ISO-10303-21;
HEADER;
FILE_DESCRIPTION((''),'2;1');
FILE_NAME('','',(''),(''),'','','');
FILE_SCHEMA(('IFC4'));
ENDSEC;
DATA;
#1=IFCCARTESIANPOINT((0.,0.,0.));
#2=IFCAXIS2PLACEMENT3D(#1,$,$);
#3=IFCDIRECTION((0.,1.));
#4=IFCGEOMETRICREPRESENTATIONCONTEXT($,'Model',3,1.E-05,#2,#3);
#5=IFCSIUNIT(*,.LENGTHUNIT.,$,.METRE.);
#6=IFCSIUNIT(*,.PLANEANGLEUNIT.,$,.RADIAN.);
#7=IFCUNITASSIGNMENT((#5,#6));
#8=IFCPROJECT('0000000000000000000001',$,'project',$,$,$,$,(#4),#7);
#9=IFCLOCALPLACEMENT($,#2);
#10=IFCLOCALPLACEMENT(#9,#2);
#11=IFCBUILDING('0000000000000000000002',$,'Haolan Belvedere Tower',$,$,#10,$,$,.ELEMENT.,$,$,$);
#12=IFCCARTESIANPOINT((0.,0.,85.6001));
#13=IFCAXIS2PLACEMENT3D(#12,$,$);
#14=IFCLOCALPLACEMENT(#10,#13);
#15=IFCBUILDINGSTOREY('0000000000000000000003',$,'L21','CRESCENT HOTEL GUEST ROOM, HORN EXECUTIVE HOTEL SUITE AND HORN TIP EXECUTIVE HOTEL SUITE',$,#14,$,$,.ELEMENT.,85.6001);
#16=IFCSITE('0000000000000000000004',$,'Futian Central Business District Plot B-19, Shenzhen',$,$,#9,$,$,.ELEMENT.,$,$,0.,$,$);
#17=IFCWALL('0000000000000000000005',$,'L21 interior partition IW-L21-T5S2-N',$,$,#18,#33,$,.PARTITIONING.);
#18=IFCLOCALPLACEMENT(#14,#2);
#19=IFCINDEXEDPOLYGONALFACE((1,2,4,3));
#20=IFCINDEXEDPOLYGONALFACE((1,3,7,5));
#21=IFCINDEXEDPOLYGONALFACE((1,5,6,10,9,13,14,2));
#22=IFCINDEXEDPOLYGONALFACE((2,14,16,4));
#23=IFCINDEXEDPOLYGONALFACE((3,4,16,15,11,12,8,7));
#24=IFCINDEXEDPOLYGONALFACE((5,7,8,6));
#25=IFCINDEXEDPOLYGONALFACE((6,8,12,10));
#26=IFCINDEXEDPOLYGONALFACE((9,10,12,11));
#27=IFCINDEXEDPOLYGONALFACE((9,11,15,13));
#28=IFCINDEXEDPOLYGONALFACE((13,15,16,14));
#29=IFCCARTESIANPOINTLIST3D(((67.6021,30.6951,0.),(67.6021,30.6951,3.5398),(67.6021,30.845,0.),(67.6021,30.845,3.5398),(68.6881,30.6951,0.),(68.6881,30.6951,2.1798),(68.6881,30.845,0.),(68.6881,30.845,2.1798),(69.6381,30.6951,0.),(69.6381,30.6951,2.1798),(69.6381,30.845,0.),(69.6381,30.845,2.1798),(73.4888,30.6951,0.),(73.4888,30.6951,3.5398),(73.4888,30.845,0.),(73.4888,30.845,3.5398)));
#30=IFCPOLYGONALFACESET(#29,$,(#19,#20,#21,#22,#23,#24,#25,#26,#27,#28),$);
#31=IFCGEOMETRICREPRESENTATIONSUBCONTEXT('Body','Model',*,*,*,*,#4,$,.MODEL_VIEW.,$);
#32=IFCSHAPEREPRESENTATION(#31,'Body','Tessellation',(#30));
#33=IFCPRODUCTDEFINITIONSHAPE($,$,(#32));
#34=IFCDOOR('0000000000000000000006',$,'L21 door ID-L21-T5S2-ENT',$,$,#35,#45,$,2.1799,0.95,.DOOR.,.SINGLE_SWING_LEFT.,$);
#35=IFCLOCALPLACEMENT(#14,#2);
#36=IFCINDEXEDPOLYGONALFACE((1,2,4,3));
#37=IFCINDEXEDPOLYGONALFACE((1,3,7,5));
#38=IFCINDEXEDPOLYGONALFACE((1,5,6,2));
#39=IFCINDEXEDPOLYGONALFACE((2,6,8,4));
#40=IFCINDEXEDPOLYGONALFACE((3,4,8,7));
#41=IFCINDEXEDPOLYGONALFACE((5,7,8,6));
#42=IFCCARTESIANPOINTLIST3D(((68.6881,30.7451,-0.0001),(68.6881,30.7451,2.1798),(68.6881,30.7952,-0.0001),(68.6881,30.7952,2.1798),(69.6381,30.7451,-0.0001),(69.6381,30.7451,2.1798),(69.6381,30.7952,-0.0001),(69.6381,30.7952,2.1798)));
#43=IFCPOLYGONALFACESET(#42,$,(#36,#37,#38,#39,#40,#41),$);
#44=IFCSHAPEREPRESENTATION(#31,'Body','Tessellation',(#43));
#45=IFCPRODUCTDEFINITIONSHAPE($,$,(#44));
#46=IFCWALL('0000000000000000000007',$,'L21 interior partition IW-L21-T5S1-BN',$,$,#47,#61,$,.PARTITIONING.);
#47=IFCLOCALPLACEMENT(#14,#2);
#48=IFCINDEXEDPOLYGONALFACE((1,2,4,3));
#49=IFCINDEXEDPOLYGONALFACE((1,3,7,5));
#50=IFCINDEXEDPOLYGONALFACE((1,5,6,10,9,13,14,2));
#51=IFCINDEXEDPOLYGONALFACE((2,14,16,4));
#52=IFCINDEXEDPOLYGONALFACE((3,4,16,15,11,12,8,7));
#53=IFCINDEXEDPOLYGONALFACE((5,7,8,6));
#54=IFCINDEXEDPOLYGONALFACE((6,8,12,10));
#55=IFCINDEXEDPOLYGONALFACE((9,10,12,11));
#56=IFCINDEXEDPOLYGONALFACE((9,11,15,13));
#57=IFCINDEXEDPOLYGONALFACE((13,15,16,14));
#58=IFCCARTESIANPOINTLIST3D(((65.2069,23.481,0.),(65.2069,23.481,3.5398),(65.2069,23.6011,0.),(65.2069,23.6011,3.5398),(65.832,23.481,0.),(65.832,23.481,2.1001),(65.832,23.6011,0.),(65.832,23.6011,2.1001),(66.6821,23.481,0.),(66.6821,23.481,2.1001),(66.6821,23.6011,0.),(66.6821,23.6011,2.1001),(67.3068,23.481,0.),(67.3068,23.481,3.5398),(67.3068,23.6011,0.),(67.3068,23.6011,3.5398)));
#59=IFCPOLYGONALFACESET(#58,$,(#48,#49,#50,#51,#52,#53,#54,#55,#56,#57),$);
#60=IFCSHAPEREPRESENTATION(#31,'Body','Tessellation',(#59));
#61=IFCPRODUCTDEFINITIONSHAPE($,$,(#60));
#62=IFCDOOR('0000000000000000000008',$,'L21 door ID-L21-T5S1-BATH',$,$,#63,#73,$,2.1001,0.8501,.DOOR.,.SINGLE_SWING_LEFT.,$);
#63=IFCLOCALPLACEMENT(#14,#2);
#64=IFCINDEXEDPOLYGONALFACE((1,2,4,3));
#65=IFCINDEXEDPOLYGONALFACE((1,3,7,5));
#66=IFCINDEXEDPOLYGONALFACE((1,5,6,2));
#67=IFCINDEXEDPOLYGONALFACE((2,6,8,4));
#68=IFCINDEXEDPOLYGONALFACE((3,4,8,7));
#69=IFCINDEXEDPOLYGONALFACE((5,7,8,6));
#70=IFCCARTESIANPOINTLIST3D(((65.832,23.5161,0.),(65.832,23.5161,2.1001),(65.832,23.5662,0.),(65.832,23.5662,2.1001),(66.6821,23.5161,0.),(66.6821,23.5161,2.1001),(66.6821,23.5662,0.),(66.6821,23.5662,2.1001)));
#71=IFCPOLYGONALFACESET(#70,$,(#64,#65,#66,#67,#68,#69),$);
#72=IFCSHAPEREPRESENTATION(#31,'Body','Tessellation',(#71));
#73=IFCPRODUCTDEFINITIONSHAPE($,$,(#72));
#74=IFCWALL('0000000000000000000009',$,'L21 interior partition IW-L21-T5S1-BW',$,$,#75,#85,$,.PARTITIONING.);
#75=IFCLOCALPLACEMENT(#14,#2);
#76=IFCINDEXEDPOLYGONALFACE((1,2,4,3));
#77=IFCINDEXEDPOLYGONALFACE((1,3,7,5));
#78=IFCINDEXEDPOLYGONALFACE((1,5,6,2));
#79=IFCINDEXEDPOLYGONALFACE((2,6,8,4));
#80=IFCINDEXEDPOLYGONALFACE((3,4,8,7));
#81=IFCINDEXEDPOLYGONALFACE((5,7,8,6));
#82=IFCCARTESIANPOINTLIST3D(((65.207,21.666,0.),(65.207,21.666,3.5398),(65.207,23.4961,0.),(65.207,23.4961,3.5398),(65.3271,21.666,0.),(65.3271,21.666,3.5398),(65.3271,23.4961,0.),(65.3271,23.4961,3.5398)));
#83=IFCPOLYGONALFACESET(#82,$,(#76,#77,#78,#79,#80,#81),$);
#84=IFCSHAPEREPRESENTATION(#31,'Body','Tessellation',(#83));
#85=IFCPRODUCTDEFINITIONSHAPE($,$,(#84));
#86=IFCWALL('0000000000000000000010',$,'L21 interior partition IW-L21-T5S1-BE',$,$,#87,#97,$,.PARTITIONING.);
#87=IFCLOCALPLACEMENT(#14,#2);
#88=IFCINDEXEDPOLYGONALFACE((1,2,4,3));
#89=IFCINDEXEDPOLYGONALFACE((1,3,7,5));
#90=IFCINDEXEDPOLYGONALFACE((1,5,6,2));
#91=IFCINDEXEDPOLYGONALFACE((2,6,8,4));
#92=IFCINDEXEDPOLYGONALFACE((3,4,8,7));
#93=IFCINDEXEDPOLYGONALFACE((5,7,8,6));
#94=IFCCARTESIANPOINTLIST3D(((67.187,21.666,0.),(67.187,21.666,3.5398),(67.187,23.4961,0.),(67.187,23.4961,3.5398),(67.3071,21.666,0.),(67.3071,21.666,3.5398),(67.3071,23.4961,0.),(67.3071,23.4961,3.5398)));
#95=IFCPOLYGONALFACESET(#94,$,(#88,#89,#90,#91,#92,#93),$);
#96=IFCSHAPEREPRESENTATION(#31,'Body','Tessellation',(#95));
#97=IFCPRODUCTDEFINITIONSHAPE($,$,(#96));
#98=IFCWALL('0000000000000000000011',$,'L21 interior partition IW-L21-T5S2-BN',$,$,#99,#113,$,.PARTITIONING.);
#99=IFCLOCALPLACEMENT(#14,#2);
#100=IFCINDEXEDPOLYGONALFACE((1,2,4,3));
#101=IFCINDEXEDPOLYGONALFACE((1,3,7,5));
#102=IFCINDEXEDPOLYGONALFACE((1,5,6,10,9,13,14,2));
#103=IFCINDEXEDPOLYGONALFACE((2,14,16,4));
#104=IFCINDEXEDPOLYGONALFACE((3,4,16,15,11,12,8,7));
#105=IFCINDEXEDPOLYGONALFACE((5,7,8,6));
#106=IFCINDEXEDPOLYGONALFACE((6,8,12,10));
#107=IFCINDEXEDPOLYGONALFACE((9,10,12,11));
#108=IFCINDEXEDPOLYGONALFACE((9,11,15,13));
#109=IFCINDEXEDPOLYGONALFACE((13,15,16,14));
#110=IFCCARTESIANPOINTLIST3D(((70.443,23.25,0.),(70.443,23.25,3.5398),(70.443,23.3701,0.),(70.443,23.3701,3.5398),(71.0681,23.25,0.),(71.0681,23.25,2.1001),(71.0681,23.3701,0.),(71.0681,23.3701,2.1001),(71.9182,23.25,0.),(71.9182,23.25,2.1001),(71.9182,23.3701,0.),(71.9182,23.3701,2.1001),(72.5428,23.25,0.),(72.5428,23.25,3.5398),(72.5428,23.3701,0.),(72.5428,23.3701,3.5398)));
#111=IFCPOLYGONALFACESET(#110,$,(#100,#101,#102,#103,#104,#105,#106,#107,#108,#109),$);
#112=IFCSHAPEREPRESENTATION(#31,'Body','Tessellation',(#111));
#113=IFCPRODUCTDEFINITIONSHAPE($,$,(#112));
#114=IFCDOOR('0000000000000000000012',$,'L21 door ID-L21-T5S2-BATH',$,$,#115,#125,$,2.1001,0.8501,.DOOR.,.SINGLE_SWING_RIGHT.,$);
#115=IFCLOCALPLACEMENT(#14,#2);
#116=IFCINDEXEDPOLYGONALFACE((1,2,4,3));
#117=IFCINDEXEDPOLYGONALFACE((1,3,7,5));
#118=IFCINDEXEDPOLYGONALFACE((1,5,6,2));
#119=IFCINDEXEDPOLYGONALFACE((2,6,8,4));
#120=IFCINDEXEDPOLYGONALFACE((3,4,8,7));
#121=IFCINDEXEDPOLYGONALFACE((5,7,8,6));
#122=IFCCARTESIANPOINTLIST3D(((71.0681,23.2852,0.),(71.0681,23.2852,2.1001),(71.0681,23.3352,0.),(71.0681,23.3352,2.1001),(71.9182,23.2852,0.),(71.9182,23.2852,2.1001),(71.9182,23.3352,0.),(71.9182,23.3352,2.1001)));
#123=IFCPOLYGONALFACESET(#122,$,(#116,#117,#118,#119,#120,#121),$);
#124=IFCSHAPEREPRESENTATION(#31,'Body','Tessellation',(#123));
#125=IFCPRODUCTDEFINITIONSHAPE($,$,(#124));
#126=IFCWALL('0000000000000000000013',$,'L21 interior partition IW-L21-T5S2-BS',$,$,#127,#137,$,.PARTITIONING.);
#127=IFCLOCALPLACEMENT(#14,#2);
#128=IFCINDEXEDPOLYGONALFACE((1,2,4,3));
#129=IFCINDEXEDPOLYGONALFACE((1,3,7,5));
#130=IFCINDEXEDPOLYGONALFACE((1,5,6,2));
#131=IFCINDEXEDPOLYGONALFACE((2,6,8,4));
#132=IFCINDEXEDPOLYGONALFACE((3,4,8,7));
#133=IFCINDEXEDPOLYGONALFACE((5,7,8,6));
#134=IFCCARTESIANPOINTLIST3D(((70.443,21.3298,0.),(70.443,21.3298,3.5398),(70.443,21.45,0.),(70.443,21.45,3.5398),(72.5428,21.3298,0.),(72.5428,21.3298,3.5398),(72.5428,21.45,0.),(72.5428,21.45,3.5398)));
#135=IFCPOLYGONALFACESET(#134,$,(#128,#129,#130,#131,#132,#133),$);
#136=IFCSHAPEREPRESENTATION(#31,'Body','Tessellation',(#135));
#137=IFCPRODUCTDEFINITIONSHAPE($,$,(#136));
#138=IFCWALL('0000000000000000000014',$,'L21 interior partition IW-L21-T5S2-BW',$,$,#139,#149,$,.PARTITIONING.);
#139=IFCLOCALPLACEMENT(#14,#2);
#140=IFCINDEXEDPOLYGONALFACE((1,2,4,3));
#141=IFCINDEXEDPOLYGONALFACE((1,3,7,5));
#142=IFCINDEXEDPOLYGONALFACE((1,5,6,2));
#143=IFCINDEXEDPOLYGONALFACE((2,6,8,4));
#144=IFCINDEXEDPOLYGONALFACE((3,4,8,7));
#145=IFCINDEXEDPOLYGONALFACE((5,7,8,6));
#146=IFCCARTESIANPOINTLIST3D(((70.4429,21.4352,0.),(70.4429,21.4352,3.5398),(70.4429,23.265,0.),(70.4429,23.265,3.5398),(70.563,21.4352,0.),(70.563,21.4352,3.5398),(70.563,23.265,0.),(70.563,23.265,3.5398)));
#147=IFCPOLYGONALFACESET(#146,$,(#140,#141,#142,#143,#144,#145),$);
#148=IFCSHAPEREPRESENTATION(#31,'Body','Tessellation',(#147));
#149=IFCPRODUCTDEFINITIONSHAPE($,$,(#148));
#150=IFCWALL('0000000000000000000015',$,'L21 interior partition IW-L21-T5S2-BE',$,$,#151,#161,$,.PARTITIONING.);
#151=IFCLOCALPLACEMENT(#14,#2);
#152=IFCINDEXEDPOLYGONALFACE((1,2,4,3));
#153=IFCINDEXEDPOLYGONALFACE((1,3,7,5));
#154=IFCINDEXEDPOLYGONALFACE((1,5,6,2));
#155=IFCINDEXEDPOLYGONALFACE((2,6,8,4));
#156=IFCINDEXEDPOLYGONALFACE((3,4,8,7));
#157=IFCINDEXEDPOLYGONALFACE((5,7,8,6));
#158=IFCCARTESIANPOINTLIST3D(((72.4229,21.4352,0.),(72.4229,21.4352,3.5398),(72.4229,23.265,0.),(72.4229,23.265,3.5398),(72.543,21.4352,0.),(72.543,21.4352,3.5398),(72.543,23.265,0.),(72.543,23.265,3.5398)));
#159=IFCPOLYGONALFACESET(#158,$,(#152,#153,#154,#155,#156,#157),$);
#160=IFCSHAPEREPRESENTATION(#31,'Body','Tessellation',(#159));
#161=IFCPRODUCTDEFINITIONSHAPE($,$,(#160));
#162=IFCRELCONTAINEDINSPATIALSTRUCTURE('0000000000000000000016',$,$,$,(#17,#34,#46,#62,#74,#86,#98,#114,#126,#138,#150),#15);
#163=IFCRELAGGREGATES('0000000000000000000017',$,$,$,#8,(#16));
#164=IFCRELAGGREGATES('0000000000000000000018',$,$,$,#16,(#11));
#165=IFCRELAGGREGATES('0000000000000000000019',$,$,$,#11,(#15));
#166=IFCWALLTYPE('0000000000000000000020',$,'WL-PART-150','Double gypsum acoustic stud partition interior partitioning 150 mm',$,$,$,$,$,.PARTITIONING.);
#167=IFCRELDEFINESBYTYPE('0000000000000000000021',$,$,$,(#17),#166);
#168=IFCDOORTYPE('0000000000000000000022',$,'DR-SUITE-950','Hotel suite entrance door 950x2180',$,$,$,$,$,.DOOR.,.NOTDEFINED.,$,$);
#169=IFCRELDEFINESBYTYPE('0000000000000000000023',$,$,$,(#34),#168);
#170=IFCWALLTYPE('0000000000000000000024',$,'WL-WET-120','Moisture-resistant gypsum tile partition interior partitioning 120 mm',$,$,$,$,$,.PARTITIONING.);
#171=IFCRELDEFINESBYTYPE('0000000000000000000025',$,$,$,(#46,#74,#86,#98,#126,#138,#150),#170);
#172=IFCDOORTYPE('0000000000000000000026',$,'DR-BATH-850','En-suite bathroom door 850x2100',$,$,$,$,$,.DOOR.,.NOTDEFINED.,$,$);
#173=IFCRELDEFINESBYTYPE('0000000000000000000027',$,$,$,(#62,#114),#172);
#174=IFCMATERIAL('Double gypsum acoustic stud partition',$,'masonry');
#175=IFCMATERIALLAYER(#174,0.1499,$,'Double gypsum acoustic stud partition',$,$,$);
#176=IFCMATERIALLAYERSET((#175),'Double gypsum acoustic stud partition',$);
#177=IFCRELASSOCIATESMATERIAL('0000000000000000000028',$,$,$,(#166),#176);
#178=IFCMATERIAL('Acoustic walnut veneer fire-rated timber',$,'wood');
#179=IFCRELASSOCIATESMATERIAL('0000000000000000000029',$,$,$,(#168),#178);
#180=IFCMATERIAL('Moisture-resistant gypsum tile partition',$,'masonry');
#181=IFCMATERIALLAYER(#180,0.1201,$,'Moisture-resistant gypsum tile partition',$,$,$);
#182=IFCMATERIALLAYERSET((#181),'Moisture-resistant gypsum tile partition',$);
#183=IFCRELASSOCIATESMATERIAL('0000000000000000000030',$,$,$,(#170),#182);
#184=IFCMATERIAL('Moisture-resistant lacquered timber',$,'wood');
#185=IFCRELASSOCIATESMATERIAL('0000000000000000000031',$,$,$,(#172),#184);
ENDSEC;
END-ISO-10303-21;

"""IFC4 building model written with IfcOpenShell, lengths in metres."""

from ifc_helpers import new_model, si_unit, direction, frame, frame_2d, origin, place, context, subcontext, project, spatial, rectangle, extrude, material, layer, layer_set, type_object, element, fill, save


model = new_model("IFC4")

# Units and contexts
model_context = context("Model", 3, precision=1e-05, world=origin(), true_north=direction((0.0, 1.0)))
body_context = subcontext(model_context, "Body", "Model", "MODEL_VIEW")
ifc_project = project(units=[si_unit("LENGTHUNIT", "METRE"), si_unit("PLANEANGLEUNIT", "RADIAN")], contexts=[model_context])

# Site, building, storey
site_placement = place(None, origin())
site = spatial("IfcSite", under=ifc_project, at=site_placement, Name="Futian Central Business District Plot B-19, Shenzhen", CompositionType="ELEMENT", RefElevation=0.0)
building_placement = place(site_placement, origin())
building = spatial("IfcBuilding", under=site, at=building_placement, Name="Haolan Belvedere Tower", CompositionType="ELEMENT")
storey_placement = place(building_placement, frame((0.0, 0.0, 85.6001)))
storey = spatial("IfcBuildingStorey", under=building, at=storey_placement, Name="L21", Description="CRESCENT HOTEL GUEST ROOM, HORN EXECUTIVE HOTEL SUITE AND HORN TIP EXECUTIVE HOTEL SUITE", CompositionType="ELEMENT", Elevation=85.6001)

# Walls, openings, doors
ifc_material_1 = material(Name="Double gypsum acoustic stud partition", Category="masonry")
ifc_layer_1 = layer(ifc_material_1, 0.1499, Name="Double gypsum acoustic stud partition")
ifc_layer_set_1 = layer_set([ifc_layer_1], Name="Double gypsum acoustic stud partition")
wall_type_1 = type_object("IfcWallType", Name="WL-PART-150", Description="Double gypsum acoustic stud partition interior partitioning 150 mm", PredefinedType="PARTITIONING", material=ifc_layer_set_1)
wall_1_placement = place(storey_placement, frame((67.6021, 30.77, 0.0), z_axis=(0.0, 0.0, 1.0), x_axis=(1.0, 0.0, 0.0)))
wall_1 = element("IfcWall", 1, at=wall_1_placement, inside=storey, type_object=wall_type_1, Name="L21 interior partition IW-L21-T5S2-N", PredefinedType="PARTITIONING", context=body_context, shape_type="SweptSolid", body=[
    extrude(rectangle(XDim=5.8867, YDim=0.1499, at=frame_2d((2.9434, 0.0))), origin(), (0.0, 0.0, 1.0), 3.5398),
])
opening_1_placement = place(wall_1_placement, frame((2.0361, 0.0, 0.0), z_axis=(0.0, 0.0, 1.0), x_axis=(-1.0, 0.0, 0.0)))
opening_1 = element("IfcOpeningElement", 2, at=opening_1_placement, cuts=wall_1, PredefinedType="OPENING", context=body_context, shape_type="SweptSolid", body=[
    extrude(rectangle(XDim=0.95, YDim=2.1799, at=frame_2d((0.4751, 1.0898))), frame((0.0, 0.085, 0.0), z_axis=(0.0, -1.0, 0.0), x_axis=(1.0, 0.0, 0.0)), (0.0, 0.0, 1.0), 0.1699),
])
ifc_material_2 = material(Name="Acoustic walnut veneer fire-rated timber", Category="wood")
door_type_1 = type_object("IfcDoorType", Name="DR-SUITE-950", Description="Hotel suite entrance door 950x2180", OperationType="NOTDEFINED", PredefinedType="DOOR", material=ifc_material_2)
door_1_placement = place(opening_1_placement, origin())
door_1 = element("IfcDoor", 3, at=door_1_placement, inside=storey, type_object=door_type_1, Name="L21 door ID-L21-T5S2-ENT", OperationType="SINGLE_SWING_LEFT", OverallHeight=2.1799, OverallWidth=0.95, PredefinedType="DOOR", context=body_context, shape_type="SweptSolid", body=[
    extrude(rectangle(XDim=0.95, YDim=2.1799, at=frame_2d((0.4751, 1.0898))), frame((0.0, 0.0249, 0.0), z_axis=(0.0, -1.0, 0.0), x_axis=(1.0, 0.0, 0.0)), (0.0, 0.0, 1.0), 0.05),
])
fill(opening_1, door_1)
ifc_material_3 = material(Name="Moisture-resistant gypsum tile partition", Category="masonry")
ifc_layer_2 = layer(ifc_material_3, 0.1201, Name="Moisture-resistant gypsum tile partition")
ifc_layer_set_2 = layer_set([ifc_layer_2], Name="Moisture-resistant gypsum tile partition")
wall_type_2 = type_object("IfcWallType", Name="WL-WET-120", Description="Moisture-resistant gypsum tile partition interior partitioning 120 mm", PredefinedType="PARTITIONING", material=ifc_layer_set_2)
wall_2_placement = place(storey_placement, frame((65.207, 23.541, 0.0), z_axis=(0.0, 0.0, 1.0), x_axis=(1.0, 0.0, 0.0)))
wall_2 = element("IfcWall", 4, at=wall_2_placement, inside=storey, type_object=wall_type_2, Name="L21 interior partition IW-L21-T5S1-BN", PredefinedType="PARTITIONING", context=body_context, shape_type="SweptSolid", body=[
    extrude(rectangle(XDim=2.0999, YDim=0.1201, at=frame_2d((1.0498, 0.0))), origin(), (0.0, 0.0, 1.0), 3.5398),
])
opening_2_placement = place(wall_2_placement, frame((1.4751, 0.0, 0.0), z_axis=(0.0, 0.0, 1.0), x_axis=(-1.0, 0.0, 0.0)))
opening_2 = element("IfcOpeningElement", 5, at=opening_2_placement, cuts=wall_2, PredefinedType="OPENING", context=body_context, shape_type="SweptSolid", body=[
    extrude(rectangle(XDim=0.8501, YDim=2.1001, at=frame_2d((0.425, 1.05))), frame((0.0, 0.0701, 0.0), z_axis=(0.0, -1.0, 0.0), x_axis=(1.0, 0.0, 0.0)), (0.0, 0.0, 1.0), 0.1401),
])
ifc_material_4 = material(Name="Moisture-resistant lacquered timber", Category="wood")
door_type_2 = type_object("IfcDoorType", Name="DR-BATH-850", Description="En-suite bathroom door 850x2100", OperationType="NOTDEFINED", PredefinedType="DOOR", material=ifc_material_4)
door_2_placement = place(opening_2_placement, origin())
door_2 = element("IfcDoor", 6, at=door_2_placement, inside=storey, type_object=door_type_2, Name="L21 door ID-L21-T5S1-BATH", OperationType="SINGLE_SWING_LEFT", OverallHeight=2.1001, OverallWidth=0.8501, PredefinedType="DOOR", context=body_context, shape_type="SweptSolid", body=[
    extrude(rectangle(XDim=0.8501, YDim=2.1001, at=frame_2d((0.425, 1.05))), frame((0.0, 0.0249, 0.0), z_axis=(0.0, -1.0, 0.0), x_axis=(1.0, 0.0, 0.0)), (0.0, 0.0, 1.0), 0.05),
])
fill(opening_2, door_2)

# Walls
for number, where, z_axis, x_axis, name in (
    (7, (65.2671, 21.666, 0.0), (0.0, 0.0, 1.0), (0.0, 1.0, 0.0), "L21 interior partition IW-L21-T5S1-BW"),
    (8, (67.2471, 21.666, 0.0), (0.0, 0.0, 1.0), (0.0, 1.0, 0.0), "L21 interior partition IW-L21-T5S1-BE"),
):
    element("IfcWall", number, at=place(storey_placement, frame(where, z_axis=z_axis, x_axis=x_axis)), inside=storey, type_object=wall_type_2, Name=name, PredefinedType="PARTITIONING", context=body_context, shape_type="SweptSolid", body=[
        extrude(rectangle(XDim=1.8301, YDim=0.1201, at=frame_2d((0.915, 0.0))), origin(), (0.0, 0.0, 1.0), 3.5398),
    ])

# Wall, opening, door
wall_3_placement = place(storey_placement, frame((70.4431, 23.3101, 0.0), z_axis=(0.0, 0.0, 1.0), x_axis=(1.0, 0.0, 0.0)))
wall_3 = element("IfcWall", 9, at=wall_3_placement, inside=storey, type_object=wall_type_2, Name="L21 interior partition IW-L21-T5S2-BN", PredefinedType="PARTITIONING", context=body_context, shape_type="SweptSolid", body=[
    extrude(rectangle(XDim=2.0999, YDim=0.1201, at=frame_2d((1.0498, 0.0))), origin(), (0.0, 0.0, 1.0), 3.5398),
])
opening_3_placement = place(wall_3_placement, frame((1.4751, 0.0, 0.0), z_axis=(0.0, 0.0, 1.0), x_axis=(-1.0, 0.0, 0.0)))
opening_3 = element("IfcOpeningElement", 10, at=opening_3_placement, cuts=wall_3, PredefinedType="OPENING", context=body_context, shape_type="SweptSolid", body=[
    extrude(rectangle(XDim=0.8501, YDim=2.1001, at=frame_2d((0.425, 1.05))), frame((0.0, 0.0701, 0.0), z_axis=(0.0, -1.0, 0.0), x_axis=(1.0, 0.0, 0.0)), (0.0, 0.0, 1.0), 0.1401),
])
door_3_placement = place(opening_3_placement, origin())
door_3 = element("IfcDoor", 11, at=door_3_placement, inside=storey, type_object=door_type_2, Name="L21 door ID-L21-T5S2-BATH", OperationType="SINGLE_SWING_RIGHT", OverallHeight=2.1001, OverallWidth=0.8501, PredefinedType="DOOR", context=body_context, shape_type="SweptSolid", body=[
    extrude(rectangle(XDim=0.8501, YDim=2.1001, at=frame_2d((0.425, 1.05))), frame((0.0, 0.0249, 0.0), z_axis=(0.0, -1.0, 0.0), x_axis=(1.0, 0.0, 0.0)), (0.0, 0.0, 1.0), 0.05),
])
fill(opening_3, door_3)

# Walls
wall_4_placement = place(storey_placement, frame((70.4431, 21.3899, 0.0), z_axis=(0.0, 0.0, 1.0), x_axis=(1.0, 0.0, 0.0)))
element("IfcWall", 12, at=wall_4_placement, inside=storey, type_object=wall_type_2, Name="L21 interior partition IW-L21-T5S2-BS", PredefinedType="PARTITIONING", context=body_context, shape_type="SweptSolid", body=[
    extrude(rectangle(XDim=2.0999, YDim=0.1201, at=frame_2d((1.0498, 0.0))), origin(), (0.0, 0.0, 1.0), 3.5398),
])
for number, where, z_axis, x_axis, name in (
    (13, (70.5029, 21.4351, 0.0), (0.0, 0.0, 1.0), (0.0, 1.0, 0.0), "L21 interior partition IW-L21-T5S2-BW"),
    (14, (72.4829, 21.4351, 0.0), (0.0, 0.0, 1.0), (0.0, 1.0, 0.0), "L21 interior partition IW-L21-T5S2-BE"),
):
    element("IfcWall", number, at=place(storey_placement, frame(where, z_axis=z_axis, x_axis=x_axis)), inside=storey, type_object=wall_type_2, Name=name, PredefinedType="PARTITIONING", context=body_context, shape_type="SweptSolid", body=[
        extrude(rectangle(XDim=1.8298, YDim=0.1201, at=frame_2d((0.915, 0.0))), origin(), (0.0, 0.0, 1.0), 3.5398),
    ])

save(model, "model.ifc")
